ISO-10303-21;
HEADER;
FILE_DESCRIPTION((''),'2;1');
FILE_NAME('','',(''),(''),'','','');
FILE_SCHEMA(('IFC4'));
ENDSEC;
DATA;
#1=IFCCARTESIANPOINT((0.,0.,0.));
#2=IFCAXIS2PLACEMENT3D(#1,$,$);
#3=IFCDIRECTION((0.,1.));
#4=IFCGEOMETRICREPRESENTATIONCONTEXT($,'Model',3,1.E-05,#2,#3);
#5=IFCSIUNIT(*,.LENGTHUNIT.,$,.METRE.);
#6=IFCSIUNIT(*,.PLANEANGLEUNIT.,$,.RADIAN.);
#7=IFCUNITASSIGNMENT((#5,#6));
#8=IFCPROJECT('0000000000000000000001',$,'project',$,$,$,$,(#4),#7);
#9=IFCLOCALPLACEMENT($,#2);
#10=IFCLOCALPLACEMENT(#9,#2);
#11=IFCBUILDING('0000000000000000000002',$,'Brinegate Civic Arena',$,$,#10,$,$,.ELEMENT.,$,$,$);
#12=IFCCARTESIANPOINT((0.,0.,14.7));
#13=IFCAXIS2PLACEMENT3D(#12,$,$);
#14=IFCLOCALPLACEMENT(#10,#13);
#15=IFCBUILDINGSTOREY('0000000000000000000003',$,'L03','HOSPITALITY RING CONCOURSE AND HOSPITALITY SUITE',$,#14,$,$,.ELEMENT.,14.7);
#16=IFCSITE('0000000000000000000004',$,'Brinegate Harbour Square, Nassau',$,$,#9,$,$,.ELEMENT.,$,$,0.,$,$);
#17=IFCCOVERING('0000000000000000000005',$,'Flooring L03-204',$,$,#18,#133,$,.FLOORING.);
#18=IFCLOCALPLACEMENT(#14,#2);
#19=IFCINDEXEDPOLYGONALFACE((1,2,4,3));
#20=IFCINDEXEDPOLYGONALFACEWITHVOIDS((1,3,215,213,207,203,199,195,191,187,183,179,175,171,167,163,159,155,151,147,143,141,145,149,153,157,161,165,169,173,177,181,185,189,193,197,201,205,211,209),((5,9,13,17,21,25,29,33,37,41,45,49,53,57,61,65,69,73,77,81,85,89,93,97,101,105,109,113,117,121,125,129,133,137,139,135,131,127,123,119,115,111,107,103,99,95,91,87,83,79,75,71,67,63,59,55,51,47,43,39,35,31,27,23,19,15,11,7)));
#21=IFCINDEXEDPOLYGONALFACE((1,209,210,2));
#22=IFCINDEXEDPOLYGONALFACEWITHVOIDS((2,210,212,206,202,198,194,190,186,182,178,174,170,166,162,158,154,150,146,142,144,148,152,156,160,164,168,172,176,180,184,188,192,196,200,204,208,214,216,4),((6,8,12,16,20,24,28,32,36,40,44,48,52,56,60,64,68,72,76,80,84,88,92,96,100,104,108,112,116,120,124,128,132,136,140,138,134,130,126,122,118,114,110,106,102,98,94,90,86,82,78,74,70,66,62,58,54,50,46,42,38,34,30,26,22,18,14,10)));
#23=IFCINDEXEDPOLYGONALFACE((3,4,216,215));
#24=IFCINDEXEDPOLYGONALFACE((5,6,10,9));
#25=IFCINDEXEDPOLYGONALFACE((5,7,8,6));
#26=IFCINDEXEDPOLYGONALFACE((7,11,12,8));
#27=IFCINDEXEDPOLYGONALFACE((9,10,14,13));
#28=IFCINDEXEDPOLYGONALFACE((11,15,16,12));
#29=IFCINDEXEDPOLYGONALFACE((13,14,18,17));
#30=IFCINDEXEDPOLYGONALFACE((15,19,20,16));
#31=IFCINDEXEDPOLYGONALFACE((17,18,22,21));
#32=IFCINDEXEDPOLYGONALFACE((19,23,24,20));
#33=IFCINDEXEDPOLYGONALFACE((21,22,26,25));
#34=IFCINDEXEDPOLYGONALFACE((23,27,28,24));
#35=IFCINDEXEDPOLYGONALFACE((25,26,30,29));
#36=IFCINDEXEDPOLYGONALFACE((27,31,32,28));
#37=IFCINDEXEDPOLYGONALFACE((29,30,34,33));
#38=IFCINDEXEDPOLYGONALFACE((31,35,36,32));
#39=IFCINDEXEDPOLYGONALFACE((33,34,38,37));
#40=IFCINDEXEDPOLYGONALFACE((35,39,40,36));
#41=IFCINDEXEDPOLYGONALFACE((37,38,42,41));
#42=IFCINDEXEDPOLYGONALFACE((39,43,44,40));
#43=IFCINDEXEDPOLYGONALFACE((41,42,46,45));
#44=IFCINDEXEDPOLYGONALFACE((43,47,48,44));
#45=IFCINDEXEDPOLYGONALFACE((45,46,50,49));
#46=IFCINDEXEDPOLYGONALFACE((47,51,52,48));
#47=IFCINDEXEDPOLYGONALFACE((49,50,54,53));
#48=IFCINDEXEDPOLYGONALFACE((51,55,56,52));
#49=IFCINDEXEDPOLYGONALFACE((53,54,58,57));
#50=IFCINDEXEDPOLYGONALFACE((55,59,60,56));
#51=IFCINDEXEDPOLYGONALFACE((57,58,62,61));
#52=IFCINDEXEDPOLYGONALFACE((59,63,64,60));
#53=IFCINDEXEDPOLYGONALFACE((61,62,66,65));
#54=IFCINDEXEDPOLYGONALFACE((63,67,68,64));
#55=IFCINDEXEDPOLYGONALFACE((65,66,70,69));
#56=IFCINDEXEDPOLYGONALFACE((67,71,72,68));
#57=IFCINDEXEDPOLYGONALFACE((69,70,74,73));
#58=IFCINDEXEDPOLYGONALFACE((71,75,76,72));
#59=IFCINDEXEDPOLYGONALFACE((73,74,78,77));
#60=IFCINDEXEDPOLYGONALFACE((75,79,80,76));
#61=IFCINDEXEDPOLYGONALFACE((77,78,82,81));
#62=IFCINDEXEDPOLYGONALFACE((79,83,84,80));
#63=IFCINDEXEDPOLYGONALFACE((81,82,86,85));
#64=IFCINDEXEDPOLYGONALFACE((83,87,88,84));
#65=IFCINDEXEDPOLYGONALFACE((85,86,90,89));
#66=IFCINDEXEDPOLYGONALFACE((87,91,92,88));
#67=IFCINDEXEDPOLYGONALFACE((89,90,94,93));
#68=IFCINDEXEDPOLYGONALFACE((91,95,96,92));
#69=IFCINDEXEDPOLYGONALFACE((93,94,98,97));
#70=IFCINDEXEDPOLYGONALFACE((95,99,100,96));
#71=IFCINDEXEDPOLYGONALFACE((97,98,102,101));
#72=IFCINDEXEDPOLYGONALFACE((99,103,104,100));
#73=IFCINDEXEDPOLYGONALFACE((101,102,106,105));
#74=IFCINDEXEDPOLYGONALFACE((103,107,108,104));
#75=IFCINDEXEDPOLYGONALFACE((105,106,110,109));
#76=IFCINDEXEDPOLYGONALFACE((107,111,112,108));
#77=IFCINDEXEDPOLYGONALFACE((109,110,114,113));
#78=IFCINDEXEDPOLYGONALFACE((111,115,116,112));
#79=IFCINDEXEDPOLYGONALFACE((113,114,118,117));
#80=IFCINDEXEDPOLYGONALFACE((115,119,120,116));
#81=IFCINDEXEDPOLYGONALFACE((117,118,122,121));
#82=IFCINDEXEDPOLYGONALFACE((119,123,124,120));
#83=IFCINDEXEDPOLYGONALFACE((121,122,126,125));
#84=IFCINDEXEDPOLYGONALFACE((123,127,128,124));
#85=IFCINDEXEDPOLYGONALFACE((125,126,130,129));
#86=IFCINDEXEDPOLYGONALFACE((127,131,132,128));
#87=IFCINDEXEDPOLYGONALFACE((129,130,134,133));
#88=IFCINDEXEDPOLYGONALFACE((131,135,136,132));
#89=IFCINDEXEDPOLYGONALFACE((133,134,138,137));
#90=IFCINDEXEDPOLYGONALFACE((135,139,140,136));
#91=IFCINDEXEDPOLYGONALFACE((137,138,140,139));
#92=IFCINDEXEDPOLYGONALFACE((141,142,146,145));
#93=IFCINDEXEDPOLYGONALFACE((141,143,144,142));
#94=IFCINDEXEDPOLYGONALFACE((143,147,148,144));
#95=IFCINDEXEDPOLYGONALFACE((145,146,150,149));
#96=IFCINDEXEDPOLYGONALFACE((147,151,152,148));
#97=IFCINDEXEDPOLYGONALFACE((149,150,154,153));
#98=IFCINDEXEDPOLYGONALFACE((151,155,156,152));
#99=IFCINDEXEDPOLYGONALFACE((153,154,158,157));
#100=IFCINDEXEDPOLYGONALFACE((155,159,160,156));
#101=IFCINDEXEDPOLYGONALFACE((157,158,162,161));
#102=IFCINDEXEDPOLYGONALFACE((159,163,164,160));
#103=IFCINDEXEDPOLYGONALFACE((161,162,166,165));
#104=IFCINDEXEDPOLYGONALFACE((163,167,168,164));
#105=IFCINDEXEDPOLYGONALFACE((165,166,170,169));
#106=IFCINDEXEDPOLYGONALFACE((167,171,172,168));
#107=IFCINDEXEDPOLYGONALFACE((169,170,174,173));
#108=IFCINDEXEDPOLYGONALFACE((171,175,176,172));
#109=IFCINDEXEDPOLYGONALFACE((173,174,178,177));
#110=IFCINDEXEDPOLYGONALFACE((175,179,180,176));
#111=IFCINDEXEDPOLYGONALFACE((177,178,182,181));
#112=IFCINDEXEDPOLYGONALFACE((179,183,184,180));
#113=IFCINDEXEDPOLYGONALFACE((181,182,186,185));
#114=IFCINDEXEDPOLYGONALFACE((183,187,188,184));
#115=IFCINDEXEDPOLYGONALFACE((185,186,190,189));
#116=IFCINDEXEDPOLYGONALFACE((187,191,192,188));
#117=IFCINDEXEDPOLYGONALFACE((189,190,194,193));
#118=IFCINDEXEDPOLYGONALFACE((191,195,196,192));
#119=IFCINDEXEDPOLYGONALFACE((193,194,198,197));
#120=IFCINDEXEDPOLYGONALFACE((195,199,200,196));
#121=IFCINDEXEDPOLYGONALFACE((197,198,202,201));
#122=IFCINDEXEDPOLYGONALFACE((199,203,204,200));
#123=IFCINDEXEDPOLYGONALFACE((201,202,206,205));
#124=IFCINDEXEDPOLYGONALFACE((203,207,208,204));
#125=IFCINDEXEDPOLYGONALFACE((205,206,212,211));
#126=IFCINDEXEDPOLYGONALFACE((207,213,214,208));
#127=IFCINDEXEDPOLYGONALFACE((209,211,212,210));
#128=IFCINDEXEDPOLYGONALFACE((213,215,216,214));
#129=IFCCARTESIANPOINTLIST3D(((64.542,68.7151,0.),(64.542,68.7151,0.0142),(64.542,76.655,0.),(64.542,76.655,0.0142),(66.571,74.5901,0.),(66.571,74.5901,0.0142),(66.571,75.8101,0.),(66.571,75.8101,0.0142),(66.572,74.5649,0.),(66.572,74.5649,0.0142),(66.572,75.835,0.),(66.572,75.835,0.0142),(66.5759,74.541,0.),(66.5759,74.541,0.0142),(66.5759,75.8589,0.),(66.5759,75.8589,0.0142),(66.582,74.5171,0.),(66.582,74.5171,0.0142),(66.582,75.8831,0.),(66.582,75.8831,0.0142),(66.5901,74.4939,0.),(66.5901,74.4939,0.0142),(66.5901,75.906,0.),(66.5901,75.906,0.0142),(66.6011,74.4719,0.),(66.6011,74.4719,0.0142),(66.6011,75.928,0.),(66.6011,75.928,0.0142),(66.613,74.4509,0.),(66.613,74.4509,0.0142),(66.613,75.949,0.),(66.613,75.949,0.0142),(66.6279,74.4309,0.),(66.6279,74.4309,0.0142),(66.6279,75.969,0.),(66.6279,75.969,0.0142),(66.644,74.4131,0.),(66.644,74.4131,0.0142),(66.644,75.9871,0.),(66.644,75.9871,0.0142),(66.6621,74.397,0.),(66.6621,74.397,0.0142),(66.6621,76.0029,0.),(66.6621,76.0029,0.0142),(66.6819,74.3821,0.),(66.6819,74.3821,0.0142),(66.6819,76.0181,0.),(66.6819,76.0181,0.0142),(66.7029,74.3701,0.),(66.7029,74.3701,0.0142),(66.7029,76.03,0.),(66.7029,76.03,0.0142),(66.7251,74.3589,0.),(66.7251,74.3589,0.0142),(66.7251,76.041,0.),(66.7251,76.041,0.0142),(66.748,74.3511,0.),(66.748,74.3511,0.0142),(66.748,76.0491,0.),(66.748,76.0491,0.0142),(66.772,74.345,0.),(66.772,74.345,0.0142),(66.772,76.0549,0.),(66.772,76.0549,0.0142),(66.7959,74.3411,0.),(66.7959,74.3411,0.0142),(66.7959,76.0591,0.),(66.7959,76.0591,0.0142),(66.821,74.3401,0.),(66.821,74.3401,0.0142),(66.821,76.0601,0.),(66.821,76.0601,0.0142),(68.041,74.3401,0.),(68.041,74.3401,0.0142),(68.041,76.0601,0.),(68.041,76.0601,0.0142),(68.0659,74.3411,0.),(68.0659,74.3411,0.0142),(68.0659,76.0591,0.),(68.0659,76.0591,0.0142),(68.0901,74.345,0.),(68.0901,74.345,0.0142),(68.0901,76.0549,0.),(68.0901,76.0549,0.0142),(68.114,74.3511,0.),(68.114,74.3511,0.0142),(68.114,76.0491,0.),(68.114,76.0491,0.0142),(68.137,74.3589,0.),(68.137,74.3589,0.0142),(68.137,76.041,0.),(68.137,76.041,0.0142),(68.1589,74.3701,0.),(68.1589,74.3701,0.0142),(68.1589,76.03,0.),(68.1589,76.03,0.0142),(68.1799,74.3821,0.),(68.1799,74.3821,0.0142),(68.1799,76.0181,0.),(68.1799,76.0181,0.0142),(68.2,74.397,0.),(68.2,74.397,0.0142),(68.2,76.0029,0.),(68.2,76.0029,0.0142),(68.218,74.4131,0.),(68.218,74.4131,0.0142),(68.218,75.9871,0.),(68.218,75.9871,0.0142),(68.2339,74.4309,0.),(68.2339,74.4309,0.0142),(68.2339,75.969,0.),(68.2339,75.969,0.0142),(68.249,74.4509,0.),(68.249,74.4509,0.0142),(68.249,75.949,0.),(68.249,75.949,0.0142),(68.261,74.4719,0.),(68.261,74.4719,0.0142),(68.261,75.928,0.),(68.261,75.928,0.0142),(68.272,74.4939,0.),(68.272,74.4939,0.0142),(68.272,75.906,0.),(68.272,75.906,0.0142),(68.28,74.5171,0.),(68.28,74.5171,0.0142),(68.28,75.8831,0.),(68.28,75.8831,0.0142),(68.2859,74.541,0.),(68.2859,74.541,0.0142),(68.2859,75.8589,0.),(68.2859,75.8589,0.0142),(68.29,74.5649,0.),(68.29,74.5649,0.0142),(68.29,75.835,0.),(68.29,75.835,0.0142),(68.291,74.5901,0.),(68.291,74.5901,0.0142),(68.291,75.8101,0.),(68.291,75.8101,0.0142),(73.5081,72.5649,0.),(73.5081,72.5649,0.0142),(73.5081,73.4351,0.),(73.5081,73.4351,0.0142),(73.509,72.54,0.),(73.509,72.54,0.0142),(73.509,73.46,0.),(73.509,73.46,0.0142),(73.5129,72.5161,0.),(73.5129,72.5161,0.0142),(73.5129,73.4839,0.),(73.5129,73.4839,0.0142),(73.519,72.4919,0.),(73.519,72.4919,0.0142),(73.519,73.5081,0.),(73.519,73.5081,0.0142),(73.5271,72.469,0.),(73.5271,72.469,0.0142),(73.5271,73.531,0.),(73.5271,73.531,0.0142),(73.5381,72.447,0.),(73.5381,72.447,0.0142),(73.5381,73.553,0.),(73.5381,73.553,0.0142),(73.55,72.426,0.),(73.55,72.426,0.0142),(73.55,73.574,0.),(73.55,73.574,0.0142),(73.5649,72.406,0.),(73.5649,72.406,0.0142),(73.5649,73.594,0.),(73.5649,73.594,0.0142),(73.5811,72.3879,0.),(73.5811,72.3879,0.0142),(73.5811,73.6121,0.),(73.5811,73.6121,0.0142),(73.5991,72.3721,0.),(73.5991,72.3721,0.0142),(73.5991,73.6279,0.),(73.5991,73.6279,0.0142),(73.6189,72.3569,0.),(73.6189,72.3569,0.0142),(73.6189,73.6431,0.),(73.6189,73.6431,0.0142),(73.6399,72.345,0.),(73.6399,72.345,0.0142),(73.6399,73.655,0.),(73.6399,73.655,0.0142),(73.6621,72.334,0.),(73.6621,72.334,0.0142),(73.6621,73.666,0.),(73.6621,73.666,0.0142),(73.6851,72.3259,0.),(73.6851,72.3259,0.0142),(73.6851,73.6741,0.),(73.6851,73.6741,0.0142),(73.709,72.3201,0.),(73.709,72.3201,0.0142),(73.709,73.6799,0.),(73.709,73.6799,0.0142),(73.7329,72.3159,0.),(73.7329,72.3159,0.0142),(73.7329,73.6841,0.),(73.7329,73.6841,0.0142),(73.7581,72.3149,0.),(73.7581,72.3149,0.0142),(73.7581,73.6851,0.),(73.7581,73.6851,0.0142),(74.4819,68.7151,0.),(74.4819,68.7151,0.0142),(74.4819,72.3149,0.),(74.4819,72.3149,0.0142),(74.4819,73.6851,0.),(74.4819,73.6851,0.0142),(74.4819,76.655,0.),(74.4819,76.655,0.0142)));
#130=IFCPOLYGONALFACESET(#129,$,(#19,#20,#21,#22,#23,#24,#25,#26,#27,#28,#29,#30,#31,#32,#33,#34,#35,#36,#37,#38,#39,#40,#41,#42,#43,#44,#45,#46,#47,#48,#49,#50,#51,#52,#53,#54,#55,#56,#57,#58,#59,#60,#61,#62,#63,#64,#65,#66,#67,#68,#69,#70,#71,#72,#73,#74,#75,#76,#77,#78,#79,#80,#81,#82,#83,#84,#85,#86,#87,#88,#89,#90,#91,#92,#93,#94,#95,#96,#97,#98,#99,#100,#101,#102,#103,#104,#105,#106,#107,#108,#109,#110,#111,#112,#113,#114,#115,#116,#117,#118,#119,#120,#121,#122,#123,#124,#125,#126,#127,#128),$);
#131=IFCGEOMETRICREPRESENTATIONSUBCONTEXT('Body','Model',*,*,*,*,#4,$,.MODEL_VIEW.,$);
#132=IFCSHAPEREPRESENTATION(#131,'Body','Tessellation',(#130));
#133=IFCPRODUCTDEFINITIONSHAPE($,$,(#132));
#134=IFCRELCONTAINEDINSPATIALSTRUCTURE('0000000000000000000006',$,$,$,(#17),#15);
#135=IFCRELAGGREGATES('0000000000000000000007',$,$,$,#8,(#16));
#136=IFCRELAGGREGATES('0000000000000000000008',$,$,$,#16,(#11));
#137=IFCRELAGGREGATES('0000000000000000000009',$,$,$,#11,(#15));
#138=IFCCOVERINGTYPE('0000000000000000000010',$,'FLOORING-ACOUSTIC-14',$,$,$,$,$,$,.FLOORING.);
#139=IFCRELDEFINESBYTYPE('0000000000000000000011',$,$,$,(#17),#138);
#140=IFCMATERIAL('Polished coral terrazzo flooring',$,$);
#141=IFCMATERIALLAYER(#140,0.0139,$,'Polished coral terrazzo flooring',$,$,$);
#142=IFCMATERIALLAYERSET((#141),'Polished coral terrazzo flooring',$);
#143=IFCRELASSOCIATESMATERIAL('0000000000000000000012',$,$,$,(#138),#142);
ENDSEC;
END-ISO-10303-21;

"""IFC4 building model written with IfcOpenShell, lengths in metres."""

from ifc_helpers import new_model, si_unit, direction, frame, origin, place, context, subcontext, project, spatial, polyline, outline, extrude, material, layer, layer_set, type_object, element, save


model = new_model("IFC4")

# Units and contexts
model_context = context("Model", 3, precision=1e-05, world=origin(), true_north=direction((0.0, 1.0)))
body_context = subcontext(model_context, "Body", "Model", "MODEL_VIEW")
ifc_project = project(units=[si_unit("LENGTHUNIT", "METRE"), si_unit("PLANEANGLEUNIT", "RADIAN")], contexts=[model_context])

# Site, building, storey
site_placement = place(None, origin())
site = spatial("IfcSite", under=ifc_project, at=site_placement, Name="Brinegate Harbour Square, Nassau", CompositionType="ELEMENT", RefElevation=0.0)
building_placement = place(site_placement, origin())
building = spatial("IfcBuilding", under=site, at=building_placement, Name="Brinegate Civic Arena", CompositionType="ELEMENT")
storey_placement = place(building_placement, frame((0.0, 0.0, 14.7)))
storey = spatial("IfcBuildingStorey", under=building, at=storey_placement, Name="L03", Description="HOSPITALITY RING CONCOURSE AND HOSPITALITY SUITE", CompositionType="ELEMENT", Elevation=14.7)

# Covering
ifc_material_1 = material(Name="Polished coral terrazzo flooring")
ifc_layer_1 = layer(ifc_material_1, 0.0139, Name="Polished coral terrazzo flooring")
ifc_layer_set_1 = layer_set([ifc_layer_1], Name="Polished coral terrazzo flooring")
covering_type_1 = type_object("IfcCoveringType", Name="FLOORING-ACOUSTIC-14", PredefinedType="FLOORING", material=ifc_layer_set_1)
covering_1_placement = place(storey_placement, origin())
element("IfcCovering", 1, at=covering_1_placement, inside=storey, type_object=covering_type_1, Name="Flooring L03-204", PredefinedType="FLOORING", context=body_context, shape_type="SweptSolid", body=[
    extrude(outline(polyline([(64.542, 76.655), (74.4819, 76.655), (74.4819, 73.6851), (73.7581, 73.6851), (73.7329, 73.6841), (73.709, 73.6799), (73.6851, 73.6741), (73.6621, 73.666), (73.6399, 73.655), (73.6189, 73.6431), (73.5991, 73.6279), (73.5811, 73.6121), (73.5649, 73.594), (73.55, 73.574), (73.5381, 73.553), (73.5271, 73.531), (73.519, 73.5081), (73.5129, 73.4839), (73.509, 73.46), (73.5081, 73.4351), (73.5081, 72.5649), (73.509, 72.54), (73.5129, 72.5161), (73.519, 72.4919), (73.5271, 72.469), (73.5381, 72.447), (73.55, 72.426), (73.5649, 72.406), (73.5811, 72.3879), (73.5991, 72.3721), (73.6189, 72.3569), (73.6399, 72.345), (73.6621, 72.334), (73.6851, 72.3259), (73.709, 72.3201), (73.7329, 72.3159), (73.7581, 72.3149), (74.4819, 72.3149), (74.4819, 68.7151), (64.542, 68.7151), (64.542, 76.655)]), holes=[polyline([(66.821, 76.0601), (66.7959, 76.0591), (66.772, 76.0549), (66.748, 76.0491), (66.7251, 76.041), (66.7029, 76.03), (66.6819, 76.0181), (66.6621, 76.0029), (66.644, 75.9871), (66.6279, 75.969), (66.613, 75.949), (66.6011, 75.928), (66.5901, 75.906), (66.582, 75.8831), (66.5759, 75.8589), (66.572, 75.835), (66.571, 75.8101), (66.571, 74.5901), (66.572, 74.5649), (66.5759, 74.541), (66.582, 74.5171), (66.5901, 74.4939), (66.6011, 74.4719), (66.613, 74.4509), (66.6279, 74.4309), (66.644, 74.4131), (66.6621, 74.397), (66.6819, 74.3821), (66.7029, 74.3701), (66.7251, 74.3589), (66.748, 74.3511), (66.772, 74.345), (66.7959, 74.3411), (66.821, 74.3401), (68.041, 74.3401), (68.0659, 74.3411), (68.0901, 74.345), (68.114, 74.3511), (68.137, 74.3589), (68.1589, 74.3701), (68.1799, 74.3821), (68.2, 74.397), (68.218, 74.4131), (68.2339, 74.4309), (68.249, 74.4509), (68.261, 74.4719), (68.272, 74.4939), (68.28, 74.5171), (68.2859, 74.541), (68.29, 74.5649), (68.291, 74.5901), (68.291, 75.8101), (68.29, 75.835), (68.2859, 75.8589), (68.28, 75.8831), (68.272, 75.906), (68.261, 75.928), (68.249, 75.949), (68.2339, 75.969), (68.218, 75.9871), (68.2, 76.0029), (68.1799, 76.0181), (68.1589, 76.03), (68.137, 76.041), (68.114, 76.0491), (68.0901, 76.0549), (68.0659, 76.0591), (68.041, 76.0601), (66.821, 76.0601)])]), origin(), (0.0, 0.0, 1.0), 0.0142),
])

save(model, "model.ifc")
